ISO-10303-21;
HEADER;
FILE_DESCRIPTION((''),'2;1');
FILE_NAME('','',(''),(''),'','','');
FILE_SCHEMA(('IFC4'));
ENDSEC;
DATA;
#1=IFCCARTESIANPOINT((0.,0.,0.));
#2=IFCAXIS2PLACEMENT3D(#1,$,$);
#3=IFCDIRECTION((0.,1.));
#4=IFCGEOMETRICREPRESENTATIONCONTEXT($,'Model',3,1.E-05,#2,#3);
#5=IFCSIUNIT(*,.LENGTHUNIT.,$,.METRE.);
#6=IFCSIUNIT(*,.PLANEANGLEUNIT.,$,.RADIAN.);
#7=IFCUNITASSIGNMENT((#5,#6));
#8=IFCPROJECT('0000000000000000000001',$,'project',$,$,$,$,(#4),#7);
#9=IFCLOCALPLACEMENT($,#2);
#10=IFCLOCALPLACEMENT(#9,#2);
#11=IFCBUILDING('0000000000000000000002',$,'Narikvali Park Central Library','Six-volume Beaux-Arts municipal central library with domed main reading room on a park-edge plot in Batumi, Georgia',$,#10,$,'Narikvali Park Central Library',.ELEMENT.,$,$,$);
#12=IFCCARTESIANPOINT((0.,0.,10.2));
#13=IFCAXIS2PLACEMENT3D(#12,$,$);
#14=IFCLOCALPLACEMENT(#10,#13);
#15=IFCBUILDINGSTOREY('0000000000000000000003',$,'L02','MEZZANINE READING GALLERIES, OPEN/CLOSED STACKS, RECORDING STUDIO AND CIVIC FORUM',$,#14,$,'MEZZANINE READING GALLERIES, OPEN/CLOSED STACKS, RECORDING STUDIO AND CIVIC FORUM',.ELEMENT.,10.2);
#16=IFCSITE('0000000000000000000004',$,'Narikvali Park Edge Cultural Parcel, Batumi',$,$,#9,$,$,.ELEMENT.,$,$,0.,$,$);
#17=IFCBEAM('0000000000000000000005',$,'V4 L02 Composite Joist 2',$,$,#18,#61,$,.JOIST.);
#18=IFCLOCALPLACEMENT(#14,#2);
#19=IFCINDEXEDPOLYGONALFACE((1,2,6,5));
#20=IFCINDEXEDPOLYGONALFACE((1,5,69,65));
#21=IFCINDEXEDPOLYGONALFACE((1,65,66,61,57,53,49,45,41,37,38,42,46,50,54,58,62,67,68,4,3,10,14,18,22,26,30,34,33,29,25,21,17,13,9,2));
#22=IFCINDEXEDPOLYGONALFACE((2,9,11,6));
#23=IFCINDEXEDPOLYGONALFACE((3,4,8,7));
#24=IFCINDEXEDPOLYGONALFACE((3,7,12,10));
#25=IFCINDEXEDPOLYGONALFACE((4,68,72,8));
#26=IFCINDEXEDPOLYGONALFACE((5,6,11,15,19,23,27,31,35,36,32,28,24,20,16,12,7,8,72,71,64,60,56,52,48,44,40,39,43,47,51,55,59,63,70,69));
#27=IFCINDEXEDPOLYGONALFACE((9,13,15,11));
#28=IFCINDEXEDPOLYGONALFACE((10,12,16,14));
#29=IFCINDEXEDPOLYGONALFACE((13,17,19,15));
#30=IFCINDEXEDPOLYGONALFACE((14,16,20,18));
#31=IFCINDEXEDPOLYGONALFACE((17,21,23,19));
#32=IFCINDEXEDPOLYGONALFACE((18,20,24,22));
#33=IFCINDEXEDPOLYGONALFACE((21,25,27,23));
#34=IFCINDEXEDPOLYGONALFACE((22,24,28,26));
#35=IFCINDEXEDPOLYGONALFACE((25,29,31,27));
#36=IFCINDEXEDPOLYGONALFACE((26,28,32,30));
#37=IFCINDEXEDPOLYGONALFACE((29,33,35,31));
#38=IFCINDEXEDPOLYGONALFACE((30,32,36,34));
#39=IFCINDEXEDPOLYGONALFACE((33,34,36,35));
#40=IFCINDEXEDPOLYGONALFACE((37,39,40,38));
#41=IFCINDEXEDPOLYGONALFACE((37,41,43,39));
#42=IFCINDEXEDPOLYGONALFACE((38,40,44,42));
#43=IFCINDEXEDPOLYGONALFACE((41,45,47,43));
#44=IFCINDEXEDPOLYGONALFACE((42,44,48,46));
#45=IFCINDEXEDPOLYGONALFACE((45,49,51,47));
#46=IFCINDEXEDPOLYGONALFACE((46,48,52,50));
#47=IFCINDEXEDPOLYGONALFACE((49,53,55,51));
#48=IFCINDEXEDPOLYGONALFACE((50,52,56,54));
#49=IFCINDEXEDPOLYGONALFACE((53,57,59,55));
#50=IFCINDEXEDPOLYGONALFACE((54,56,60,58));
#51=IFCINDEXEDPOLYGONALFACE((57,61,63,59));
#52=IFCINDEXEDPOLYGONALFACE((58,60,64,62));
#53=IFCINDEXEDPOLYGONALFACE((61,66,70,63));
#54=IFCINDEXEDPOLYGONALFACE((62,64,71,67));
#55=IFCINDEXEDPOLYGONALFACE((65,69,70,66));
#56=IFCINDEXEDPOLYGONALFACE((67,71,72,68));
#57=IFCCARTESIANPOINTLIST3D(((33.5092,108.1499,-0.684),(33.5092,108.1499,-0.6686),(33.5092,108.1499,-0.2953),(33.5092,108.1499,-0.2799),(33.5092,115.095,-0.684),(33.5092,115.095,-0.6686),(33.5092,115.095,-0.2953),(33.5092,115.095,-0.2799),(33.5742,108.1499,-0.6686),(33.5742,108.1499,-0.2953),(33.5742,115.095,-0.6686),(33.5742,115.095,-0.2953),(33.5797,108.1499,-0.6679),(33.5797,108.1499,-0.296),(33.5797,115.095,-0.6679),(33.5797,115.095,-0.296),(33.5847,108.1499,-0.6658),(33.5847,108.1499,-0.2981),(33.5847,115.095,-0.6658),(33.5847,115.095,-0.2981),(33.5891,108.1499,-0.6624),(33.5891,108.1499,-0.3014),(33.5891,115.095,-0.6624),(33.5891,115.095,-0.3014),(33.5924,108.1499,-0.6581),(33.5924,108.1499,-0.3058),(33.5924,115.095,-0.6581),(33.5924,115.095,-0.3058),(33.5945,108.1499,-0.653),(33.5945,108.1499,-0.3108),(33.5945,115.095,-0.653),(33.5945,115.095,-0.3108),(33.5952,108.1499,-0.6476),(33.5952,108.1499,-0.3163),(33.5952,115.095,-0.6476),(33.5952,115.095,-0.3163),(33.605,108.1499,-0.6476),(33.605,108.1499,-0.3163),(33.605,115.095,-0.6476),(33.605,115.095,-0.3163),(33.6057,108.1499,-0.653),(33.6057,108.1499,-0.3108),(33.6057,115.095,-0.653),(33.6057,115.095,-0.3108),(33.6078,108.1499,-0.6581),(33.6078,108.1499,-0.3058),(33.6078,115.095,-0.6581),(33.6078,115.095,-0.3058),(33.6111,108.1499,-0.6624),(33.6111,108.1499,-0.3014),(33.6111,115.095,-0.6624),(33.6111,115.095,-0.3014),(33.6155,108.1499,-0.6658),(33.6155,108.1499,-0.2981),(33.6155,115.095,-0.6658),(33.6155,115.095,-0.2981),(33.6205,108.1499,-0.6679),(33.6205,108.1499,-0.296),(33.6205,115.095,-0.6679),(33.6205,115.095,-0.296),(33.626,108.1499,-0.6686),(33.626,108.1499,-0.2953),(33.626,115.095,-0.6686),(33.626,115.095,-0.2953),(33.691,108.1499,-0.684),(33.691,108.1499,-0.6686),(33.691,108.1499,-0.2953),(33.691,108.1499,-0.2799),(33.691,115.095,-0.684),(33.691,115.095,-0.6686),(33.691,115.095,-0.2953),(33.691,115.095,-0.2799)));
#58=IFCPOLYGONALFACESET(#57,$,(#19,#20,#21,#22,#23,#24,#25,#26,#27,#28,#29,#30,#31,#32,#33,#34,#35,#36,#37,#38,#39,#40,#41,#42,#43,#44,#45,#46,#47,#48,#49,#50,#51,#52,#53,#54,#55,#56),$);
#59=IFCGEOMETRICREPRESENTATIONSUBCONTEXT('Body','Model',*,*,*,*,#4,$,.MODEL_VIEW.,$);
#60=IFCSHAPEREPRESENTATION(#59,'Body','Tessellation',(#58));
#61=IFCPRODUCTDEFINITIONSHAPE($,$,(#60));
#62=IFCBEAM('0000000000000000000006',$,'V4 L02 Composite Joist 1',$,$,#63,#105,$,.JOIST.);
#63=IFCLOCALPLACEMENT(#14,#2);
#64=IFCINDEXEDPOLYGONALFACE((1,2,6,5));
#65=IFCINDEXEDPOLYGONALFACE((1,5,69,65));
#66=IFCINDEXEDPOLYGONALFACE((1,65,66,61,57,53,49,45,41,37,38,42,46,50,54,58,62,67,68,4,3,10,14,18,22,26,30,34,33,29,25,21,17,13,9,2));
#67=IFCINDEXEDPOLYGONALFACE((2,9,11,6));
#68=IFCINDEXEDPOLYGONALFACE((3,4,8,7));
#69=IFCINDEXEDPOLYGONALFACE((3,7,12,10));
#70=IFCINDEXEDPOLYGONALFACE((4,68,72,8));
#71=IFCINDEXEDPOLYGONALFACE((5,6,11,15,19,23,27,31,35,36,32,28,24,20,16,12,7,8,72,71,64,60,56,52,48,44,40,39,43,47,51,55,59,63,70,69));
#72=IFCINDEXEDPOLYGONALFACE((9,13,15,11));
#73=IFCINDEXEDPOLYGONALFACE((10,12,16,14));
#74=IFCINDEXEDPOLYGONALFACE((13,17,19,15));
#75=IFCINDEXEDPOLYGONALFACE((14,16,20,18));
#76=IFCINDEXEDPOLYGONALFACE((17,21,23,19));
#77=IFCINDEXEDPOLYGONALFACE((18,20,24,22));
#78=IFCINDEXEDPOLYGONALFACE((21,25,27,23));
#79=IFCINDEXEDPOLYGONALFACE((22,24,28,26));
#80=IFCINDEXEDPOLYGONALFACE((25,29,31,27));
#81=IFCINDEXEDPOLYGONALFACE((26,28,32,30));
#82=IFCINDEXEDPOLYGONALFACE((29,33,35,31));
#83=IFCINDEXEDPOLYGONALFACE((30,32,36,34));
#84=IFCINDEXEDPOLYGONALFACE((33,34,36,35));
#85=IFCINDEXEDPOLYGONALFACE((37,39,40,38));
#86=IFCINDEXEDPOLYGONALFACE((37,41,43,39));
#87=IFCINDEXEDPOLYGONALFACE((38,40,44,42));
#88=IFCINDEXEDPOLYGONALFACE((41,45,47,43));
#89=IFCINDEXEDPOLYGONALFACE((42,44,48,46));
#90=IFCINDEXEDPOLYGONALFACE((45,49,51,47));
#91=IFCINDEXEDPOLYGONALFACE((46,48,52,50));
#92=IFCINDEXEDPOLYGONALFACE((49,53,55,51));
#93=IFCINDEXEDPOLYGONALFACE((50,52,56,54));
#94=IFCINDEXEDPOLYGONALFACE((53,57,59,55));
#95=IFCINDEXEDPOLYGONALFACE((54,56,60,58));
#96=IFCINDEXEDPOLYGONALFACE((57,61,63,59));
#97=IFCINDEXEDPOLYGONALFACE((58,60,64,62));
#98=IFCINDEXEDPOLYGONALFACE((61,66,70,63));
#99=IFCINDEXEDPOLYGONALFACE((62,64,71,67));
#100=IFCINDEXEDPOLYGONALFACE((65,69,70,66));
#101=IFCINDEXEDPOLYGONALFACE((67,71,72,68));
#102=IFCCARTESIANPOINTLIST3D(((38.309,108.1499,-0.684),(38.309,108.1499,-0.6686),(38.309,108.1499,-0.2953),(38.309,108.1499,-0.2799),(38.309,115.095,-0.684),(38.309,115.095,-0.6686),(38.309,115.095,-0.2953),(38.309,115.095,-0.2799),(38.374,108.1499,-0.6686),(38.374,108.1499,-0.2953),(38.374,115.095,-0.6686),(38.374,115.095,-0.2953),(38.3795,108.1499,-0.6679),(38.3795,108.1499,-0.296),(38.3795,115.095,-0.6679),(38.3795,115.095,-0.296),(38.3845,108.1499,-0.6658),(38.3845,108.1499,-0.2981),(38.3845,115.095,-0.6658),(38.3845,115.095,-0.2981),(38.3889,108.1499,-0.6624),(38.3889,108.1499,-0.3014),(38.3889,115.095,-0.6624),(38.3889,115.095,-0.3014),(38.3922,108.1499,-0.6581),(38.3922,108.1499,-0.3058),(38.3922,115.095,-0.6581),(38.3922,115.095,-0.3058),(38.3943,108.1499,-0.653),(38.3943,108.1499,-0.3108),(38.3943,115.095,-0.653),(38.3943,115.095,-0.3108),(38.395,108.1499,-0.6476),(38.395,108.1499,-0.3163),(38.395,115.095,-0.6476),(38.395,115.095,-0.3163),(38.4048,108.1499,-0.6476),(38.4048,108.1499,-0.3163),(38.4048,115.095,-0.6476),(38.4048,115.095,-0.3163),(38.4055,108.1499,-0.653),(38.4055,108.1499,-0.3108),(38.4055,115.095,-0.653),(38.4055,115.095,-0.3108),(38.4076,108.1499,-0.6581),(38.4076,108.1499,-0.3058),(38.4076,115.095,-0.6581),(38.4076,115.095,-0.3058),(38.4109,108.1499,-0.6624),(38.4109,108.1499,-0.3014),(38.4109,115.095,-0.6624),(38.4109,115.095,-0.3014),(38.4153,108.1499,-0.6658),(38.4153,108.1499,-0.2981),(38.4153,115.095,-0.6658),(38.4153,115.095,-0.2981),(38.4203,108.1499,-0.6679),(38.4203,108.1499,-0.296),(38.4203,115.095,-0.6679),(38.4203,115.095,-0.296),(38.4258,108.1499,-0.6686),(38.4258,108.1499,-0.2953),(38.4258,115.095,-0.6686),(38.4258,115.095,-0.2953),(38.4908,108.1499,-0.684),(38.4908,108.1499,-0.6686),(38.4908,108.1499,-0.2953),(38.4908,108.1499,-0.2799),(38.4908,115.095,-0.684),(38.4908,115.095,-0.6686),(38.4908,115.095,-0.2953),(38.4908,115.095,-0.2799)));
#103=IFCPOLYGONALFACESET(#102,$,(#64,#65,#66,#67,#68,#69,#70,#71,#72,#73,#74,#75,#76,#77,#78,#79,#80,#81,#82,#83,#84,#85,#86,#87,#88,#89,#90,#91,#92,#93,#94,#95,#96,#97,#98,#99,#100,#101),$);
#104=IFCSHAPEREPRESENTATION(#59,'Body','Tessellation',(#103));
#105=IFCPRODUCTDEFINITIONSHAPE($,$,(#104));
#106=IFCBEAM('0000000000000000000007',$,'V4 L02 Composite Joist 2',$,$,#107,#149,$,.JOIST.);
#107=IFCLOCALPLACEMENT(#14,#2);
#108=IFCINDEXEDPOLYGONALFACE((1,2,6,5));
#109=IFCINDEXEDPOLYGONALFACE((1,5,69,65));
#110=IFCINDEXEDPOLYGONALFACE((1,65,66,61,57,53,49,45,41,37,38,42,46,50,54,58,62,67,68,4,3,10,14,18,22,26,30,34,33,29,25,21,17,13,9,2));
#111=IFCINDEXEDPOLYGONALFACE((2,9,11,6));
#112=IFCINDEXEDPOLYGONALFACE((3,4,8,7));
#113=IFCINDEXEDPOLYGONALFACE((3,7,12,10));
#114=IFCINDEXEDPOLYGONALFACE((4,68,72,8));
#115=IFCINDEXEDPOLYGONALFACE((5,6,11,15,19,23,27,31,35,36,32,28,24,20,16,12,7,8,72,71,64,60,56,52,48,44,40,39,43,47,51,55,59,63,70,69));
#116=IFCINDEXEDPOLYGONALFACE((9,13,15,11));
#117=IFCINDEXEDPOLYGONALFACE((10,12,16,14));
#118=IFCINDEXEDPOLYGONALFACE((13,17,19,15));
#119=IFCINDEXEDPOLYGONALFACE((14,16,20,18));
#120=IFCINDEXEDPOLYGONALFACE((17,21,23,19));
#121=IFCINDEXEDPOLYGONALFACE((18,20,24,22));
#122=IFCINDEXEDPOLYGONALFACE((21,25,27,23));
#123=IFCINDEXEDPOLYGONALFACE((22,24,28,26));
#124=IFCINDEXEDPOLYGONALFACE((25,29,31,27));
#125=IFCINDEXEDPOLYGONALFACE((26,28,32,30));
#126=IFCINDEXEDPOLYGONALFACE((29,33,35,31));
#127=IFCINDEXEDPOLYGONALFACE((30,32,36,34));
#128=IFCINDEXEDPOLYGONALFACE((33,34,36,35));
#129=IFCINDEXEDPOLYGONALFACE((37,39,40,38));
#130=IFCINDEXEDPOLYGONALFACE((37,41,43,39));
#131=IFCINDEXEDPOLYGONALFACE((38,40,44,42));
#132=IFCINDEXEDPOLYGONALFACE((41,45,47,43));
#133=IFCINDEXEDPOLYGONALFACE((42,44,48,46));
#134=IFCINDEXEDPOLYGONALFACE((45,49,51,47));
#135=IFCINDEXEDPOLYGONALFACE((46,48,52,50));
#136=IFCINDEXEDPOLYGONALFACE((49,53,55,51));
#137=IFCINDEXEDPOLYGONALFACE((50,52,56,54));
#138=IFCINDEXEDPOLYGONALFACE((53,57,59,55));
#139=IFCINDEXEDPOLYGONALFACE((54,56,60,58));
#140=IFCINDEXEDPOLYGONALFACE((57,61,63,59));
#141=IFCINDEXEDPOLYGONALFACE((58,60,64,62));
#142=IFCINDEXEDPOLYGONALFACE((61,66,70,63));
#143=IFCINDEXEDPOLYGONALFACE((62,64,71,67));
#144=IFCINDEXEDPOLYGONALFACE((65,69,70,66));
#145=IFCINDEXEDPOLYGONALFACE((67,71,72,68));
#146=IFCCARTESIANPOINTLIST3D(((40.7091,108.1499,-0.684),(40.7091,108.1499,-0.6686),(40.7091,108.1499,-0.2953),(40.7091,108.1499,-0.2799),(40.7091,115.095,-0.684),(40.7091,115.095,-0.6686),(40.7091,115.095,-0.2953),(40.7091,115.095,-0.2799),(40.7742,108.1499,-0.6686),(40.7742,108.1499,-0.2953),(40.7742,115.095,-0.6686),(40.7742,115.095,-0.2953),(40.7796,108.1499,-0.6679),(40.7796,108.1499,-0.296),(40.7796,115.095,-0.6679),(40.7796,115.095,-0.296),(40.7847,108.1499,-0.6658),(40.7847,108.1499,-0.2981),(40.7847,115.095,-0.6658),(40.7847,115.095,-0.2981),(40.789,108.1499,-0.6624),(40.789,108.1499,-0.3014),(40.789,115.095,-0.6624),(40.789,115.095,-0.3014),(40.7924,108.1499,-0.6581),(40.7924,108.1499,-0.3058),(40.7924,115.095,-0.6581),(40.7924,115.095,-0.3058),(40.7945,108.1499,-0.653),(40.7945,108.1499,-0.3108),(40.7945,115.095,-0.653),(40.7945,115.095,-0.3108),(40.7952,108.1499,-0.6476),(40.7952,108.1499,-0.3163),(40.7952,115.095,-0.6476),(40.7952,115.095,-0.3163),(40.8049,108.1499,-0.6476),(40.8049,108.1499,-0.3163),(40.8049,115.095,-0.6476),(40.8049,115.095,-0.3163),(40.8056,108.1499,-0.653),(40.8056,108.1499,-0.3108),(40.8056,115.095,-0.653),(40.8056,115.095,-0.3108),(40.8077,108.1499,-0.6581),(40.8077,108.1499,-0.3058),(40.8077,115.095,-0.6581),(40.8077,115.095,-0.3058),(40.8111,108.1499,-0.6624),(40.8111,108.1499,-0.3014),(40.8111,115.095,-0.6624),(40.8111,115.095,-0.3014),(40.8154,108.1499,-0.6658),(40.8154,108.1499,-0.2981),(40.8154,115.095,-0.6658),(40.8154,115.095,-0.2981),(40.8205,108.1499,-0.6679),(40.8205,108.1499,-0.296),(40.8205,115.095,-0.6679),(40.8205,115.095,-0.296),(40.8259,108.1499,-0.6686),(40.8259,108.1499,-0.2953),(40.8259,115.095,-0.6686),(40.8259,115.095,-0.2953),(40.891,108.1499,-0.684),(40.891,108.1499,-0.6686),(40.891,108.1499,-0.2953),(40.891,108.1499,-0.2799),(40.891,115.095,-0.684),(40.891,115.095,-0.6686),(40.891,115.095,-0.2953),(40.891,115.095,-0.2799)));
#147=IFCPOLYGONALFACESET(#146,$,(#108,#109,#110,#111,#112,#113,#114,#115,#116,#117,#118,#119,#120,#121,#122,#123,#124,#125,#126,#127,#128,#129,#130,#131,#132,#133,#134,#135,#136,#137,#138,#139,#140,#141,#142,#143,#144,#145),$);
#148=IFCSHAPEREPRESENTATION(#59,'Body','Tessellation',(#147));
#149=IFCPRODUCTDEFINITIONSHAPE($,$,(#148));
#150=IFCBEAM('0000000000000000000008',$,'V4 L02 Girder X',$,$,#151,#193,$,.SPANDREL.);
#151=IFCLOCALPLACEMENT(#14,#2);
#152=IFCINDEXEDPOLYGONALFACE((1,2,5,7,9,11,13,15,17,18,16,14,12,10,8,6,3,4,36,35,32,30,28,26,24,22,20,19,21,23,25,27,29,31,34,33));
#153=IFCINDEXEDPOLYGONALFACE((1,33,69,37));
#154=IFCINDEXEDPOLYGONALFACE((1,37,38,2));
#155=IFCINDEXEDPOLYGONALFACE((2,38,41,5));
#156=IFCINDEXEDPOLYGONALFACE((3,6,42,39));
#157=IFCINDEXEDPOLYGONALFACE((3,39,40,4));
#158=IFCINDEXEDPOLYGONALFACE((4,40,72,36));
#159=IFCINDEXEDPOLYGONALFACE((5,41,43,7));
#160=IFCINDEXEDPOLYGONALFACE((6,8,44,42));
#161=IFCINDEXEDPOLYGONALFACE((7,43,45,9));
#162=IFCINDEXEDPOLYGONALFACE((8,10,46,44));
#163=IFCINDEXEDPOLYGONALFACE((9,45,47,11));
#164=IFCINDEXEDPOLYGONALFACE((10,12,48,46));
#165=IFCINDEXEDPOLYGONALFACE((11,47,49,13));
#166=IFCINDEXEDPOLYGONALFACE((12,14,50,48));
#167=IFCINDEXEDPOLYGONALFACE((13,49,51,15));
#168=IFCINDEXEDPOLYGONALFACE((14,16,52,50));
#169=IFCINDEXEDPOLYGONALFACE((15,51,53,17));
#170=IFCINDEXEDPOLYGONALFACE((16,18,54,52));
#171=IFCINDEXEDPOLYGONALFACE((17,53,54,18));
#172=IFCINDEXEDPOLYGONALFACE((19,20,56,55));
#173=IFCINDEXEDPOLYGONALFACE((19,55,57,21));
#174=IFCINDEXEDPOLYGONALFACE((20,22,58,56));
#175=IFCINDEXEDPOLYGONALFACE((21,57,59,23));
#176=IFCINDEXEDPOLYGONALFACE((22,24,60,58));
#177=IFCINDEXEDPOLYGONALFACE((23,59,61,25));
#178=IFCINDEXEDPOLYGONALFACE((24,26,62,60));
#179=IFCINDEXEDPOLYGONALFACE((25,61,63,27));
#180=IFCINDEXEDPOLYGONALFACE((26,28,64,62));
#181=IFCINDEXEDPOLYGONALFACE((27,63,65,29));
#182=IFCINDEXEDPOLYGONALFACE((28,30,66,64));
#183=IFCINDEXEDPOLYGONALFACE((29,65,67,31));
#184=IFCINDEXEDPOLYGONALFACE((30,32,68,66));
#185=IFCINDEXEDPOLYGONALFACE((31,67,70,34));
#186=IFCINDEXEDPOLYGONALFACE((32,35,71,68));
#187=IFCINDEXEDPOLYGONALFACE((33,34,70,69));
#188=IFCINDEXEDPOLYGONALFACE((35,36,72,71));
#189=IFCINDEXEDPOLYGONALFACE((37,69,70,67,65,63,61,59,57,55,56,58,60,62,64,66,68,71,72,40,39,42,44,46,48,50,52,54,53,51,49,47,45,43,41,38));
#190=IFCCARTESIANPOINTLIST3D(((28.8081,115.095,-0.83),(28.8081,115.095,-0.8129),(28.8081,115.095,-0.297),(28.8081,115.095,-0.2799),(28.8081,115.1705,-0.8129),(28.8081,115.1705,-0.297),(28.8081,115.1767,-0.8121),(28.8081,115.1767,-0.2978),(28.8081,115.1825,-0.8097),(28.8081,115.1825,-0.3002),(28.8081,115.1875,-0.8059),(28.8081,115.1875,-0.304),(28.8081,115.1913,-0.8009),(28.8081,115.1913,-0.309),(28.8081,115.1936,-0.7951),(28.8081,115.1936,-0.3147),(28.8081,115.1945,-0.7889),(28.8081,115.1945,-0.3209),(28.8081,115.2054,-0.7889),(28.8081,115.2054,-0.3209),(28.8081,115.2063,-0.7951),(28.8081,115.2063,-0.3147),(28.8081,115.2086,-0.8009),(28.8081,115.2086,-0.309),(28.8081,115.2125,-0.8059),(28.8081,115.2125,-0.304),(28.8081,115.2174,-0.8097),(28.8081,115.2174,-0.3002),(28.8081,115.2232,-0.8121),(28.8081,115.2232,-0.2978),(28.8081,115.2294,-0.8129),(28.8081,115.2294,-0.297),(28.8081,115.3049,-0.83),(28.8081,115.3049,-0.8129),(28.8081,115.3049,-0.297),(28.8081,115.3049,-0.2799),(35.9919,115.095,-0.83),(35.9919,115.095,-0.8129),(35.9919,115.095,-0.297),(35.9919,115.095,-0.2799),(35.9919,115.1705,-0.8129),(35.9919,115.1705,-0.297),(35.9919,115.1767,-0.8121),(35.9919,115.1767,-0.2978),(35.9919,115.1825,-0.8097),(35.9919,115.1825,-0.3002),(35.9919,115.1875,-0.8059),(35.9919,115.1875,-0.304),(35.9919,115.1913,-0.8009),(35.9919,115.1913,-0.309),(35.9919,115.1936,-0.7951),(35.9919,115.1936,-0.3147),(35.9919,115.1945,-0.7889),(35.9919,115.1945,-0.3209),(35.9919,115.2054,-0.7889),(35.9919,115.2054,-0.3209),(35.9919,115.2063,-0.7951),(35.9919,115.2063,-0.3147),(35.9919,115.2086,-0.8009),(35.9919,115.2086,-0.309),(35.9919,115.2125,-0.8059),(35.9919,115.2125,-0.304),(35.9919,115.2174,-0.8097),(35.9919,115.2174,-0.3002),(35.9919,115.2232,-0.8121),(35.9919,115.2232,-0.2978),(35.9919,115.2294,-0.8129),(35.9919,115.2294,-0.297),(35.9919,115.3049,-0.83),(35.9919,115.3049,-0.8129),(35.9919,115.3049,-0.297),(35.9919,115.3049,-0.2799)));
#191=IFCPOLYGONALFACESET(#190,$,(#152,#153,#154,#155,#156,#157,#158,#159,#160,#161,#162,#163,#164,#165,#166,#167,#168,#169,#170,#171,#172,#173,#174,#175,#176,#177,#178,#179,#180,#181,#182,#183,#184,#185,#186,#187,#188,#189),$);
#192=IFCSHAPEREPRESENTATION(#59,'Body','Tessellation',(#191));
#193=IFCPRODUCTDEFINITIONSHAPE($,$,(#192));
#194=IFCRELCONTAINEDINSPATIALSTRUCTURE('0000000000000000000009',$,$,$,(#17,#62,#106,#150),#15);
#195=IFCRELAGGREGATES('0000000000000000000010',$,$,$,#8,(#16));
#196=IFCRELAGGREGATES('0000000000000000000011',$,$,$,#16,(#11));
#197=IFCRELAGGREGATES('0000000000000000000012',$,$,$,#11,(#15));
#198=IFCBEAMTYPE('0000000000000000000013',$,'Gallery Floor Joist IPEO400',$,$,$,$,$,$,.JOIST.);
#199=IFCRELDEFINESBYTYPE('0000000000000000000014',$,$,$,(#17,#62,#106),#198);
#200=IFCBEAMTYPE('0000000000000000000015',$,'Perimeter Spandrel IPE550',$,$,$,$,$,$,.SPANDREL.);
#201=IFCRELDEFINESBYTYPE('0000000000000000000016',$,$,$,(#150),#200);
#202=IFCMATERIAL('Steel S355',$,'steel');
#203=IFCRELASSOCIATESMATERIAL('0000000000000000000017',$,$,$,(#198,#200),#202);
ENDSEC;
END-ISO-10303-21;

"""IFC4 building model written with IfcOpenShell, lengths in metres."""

from ifc_helpers import new_model, si_unit, direction, frame, origin, origin_2d, place, context, subcontext, project, spatial, i_section, extrude, material, material_profile, profile_set, type_object, element, save


model = new_model("IFC4")

# Units and contexts
model_context = context("Model", 3, precision=1e-05, world=origin(), true_north=direction((0.0, 1.0)))
body_context = subcontext(model_context, "Body", "Model", "MODEL_VIEW")
ifc_project = project(units=[si_unit("LENGTHUNIT", "METRE"), si_unit("PLANEANGLEUNIT", "RADIAN")], contexts=[model_context])

# Site, building, storey
site_placement = place(None, origin())
site = spatial("IfcSite", under=ifc_project, at=site_placement, Name="Narikvali Park Edge Cultural Parcel, Batumi", CompositionType="ELEMENT", RefElevation=0.0)
building_placement = place(site_placement, origin())
building = spatial("IfcBuilding", under=site, at=building_placement, Name="Narikvali Park Central Library", Description="Six-volume Beaux-Arts municipal central library with domed main reading room on a park-edge plot in Batumi, Georgia", LongName="Narikvali Park Central Library", CompositionType="ELEMENT")
storey_placement = place(building_placement, frame((0.0, 0.0, 10.2)))
storey = spatial("IfcBuildingStorey", under=building, at=storey_placement, Name="L02", Description="MEZZANINE READING GALLERIES, OPEN/CLOSED STACKS, RECORDING STUDIO AND CIVIC FORUM", LongName="MEZZANINE READING GALLERIES, OPEN/CLOSED STACKS, RECORDING STUDIO AND CIVIC FORUM", CompositionType="ELEMENT", Elevation=10.2)

# Shared definitions
ifc_material_1 = material(Name="Steel S355", Category="steel")

# Beams
ifc_material_profile_1 = material_profile(ifc_material_1, i_section(OverallWidth=0.1819, OverallDepth=0.4041, WebThickness=0.0098, FlangeThickness=0.0154, FilletRadius=0.021, at=origin_2d()), Name="IPEO 400")
ifc_profile_set_1 = profile_set([ifc_material_profile_1], Name="Steel S355")
beam_type_1 = type_object("IfcBeamType", Name="Gallery Floor Joist IPEO400", PredefinedType="JOIST", material=ifc_profile_set_1)
for number, where, z_axis, x_axis, name in (
    (1, (33.6001, 108.1499, -0.4819), (0.0, 1.0, 0.0), (-1.0, 0.0, 0.0), "V4 L02 Composite Joist 2"),
    (2, (38.3999, 108.1499, -0.4819), (0.0, 1.0, 0.0), (-1.0, 0.0, 0.0), "V4 L02 Composite Joist 1"),
    (3, (40.8, 108.1499, -0.4819), (0.0, 1.0, 0.0), (-1.0, 0.0, 0.0), "V4 L02 Composite Joist 2"),
):
    element("IfcBeam", number, at=place(storey_placement, frame(where, z_axis=z_axis, x_axis=x_axis)), inside=storey, type_object=beam_type_1, Name=name, PredefinedType="JOIST", context=body_context, shape_type="SweptSolid", body=[
        extrude(i_section(OverallWidth=0.1819, OverallDepth=0.4041, WebThickness=0.0098, FlangeThickness=0.0154, FilletRadius=0.021, at=origin_2d()), origin(), (0.0, 0.0, 1.0), 6.9451),
    ])
ifc_material_profile_2 = material_profile(ifc_material_1, i_section(OverallWidth=0.21, OverallDepth=0.55, WebThickness=0.011, FlangeThickness=0.0171, FilletRadius=0.0239, at=origin_2d()), Name="IPE 550")
ifc_profile_set_2 = profile_set([ifc_material_profile_2], Name="Steel S355")
beam_type_2 = type_object("IfcBeamType", Name="Perimeter Spandrel IPE550", PredefinedType="SPANDREL", material=ifc_profile_set_2)
for number, where, z_axis, x_axis, name in (
    (4, (28.8081, 115.2, -0.5549), (1.0, 0.0, 0.0), (0.0, 1.0, 0.0), "V4 L02 Girder X"),
):
    element("IfcBeam", number, at=place(storey_placement, frame(where, z_axis=z_axis, x_axis=x_axis)), inside=storey, type_object=beam_type_2, Name=name, PredefinedType="SPANDREL", context=body_context, shape_type="SweptSolid", body=[
        extrude(i_section(OverallWidth=0.21, OverallDepth=0.55, WebThickness=0.011, FlangeThickness=0.0171, FilletRadius=0.0239, at=origin_2d()), origin(), (0.0, 0.0, 1.0), 7.1838),
    ])

save(model, "model.ifc")
